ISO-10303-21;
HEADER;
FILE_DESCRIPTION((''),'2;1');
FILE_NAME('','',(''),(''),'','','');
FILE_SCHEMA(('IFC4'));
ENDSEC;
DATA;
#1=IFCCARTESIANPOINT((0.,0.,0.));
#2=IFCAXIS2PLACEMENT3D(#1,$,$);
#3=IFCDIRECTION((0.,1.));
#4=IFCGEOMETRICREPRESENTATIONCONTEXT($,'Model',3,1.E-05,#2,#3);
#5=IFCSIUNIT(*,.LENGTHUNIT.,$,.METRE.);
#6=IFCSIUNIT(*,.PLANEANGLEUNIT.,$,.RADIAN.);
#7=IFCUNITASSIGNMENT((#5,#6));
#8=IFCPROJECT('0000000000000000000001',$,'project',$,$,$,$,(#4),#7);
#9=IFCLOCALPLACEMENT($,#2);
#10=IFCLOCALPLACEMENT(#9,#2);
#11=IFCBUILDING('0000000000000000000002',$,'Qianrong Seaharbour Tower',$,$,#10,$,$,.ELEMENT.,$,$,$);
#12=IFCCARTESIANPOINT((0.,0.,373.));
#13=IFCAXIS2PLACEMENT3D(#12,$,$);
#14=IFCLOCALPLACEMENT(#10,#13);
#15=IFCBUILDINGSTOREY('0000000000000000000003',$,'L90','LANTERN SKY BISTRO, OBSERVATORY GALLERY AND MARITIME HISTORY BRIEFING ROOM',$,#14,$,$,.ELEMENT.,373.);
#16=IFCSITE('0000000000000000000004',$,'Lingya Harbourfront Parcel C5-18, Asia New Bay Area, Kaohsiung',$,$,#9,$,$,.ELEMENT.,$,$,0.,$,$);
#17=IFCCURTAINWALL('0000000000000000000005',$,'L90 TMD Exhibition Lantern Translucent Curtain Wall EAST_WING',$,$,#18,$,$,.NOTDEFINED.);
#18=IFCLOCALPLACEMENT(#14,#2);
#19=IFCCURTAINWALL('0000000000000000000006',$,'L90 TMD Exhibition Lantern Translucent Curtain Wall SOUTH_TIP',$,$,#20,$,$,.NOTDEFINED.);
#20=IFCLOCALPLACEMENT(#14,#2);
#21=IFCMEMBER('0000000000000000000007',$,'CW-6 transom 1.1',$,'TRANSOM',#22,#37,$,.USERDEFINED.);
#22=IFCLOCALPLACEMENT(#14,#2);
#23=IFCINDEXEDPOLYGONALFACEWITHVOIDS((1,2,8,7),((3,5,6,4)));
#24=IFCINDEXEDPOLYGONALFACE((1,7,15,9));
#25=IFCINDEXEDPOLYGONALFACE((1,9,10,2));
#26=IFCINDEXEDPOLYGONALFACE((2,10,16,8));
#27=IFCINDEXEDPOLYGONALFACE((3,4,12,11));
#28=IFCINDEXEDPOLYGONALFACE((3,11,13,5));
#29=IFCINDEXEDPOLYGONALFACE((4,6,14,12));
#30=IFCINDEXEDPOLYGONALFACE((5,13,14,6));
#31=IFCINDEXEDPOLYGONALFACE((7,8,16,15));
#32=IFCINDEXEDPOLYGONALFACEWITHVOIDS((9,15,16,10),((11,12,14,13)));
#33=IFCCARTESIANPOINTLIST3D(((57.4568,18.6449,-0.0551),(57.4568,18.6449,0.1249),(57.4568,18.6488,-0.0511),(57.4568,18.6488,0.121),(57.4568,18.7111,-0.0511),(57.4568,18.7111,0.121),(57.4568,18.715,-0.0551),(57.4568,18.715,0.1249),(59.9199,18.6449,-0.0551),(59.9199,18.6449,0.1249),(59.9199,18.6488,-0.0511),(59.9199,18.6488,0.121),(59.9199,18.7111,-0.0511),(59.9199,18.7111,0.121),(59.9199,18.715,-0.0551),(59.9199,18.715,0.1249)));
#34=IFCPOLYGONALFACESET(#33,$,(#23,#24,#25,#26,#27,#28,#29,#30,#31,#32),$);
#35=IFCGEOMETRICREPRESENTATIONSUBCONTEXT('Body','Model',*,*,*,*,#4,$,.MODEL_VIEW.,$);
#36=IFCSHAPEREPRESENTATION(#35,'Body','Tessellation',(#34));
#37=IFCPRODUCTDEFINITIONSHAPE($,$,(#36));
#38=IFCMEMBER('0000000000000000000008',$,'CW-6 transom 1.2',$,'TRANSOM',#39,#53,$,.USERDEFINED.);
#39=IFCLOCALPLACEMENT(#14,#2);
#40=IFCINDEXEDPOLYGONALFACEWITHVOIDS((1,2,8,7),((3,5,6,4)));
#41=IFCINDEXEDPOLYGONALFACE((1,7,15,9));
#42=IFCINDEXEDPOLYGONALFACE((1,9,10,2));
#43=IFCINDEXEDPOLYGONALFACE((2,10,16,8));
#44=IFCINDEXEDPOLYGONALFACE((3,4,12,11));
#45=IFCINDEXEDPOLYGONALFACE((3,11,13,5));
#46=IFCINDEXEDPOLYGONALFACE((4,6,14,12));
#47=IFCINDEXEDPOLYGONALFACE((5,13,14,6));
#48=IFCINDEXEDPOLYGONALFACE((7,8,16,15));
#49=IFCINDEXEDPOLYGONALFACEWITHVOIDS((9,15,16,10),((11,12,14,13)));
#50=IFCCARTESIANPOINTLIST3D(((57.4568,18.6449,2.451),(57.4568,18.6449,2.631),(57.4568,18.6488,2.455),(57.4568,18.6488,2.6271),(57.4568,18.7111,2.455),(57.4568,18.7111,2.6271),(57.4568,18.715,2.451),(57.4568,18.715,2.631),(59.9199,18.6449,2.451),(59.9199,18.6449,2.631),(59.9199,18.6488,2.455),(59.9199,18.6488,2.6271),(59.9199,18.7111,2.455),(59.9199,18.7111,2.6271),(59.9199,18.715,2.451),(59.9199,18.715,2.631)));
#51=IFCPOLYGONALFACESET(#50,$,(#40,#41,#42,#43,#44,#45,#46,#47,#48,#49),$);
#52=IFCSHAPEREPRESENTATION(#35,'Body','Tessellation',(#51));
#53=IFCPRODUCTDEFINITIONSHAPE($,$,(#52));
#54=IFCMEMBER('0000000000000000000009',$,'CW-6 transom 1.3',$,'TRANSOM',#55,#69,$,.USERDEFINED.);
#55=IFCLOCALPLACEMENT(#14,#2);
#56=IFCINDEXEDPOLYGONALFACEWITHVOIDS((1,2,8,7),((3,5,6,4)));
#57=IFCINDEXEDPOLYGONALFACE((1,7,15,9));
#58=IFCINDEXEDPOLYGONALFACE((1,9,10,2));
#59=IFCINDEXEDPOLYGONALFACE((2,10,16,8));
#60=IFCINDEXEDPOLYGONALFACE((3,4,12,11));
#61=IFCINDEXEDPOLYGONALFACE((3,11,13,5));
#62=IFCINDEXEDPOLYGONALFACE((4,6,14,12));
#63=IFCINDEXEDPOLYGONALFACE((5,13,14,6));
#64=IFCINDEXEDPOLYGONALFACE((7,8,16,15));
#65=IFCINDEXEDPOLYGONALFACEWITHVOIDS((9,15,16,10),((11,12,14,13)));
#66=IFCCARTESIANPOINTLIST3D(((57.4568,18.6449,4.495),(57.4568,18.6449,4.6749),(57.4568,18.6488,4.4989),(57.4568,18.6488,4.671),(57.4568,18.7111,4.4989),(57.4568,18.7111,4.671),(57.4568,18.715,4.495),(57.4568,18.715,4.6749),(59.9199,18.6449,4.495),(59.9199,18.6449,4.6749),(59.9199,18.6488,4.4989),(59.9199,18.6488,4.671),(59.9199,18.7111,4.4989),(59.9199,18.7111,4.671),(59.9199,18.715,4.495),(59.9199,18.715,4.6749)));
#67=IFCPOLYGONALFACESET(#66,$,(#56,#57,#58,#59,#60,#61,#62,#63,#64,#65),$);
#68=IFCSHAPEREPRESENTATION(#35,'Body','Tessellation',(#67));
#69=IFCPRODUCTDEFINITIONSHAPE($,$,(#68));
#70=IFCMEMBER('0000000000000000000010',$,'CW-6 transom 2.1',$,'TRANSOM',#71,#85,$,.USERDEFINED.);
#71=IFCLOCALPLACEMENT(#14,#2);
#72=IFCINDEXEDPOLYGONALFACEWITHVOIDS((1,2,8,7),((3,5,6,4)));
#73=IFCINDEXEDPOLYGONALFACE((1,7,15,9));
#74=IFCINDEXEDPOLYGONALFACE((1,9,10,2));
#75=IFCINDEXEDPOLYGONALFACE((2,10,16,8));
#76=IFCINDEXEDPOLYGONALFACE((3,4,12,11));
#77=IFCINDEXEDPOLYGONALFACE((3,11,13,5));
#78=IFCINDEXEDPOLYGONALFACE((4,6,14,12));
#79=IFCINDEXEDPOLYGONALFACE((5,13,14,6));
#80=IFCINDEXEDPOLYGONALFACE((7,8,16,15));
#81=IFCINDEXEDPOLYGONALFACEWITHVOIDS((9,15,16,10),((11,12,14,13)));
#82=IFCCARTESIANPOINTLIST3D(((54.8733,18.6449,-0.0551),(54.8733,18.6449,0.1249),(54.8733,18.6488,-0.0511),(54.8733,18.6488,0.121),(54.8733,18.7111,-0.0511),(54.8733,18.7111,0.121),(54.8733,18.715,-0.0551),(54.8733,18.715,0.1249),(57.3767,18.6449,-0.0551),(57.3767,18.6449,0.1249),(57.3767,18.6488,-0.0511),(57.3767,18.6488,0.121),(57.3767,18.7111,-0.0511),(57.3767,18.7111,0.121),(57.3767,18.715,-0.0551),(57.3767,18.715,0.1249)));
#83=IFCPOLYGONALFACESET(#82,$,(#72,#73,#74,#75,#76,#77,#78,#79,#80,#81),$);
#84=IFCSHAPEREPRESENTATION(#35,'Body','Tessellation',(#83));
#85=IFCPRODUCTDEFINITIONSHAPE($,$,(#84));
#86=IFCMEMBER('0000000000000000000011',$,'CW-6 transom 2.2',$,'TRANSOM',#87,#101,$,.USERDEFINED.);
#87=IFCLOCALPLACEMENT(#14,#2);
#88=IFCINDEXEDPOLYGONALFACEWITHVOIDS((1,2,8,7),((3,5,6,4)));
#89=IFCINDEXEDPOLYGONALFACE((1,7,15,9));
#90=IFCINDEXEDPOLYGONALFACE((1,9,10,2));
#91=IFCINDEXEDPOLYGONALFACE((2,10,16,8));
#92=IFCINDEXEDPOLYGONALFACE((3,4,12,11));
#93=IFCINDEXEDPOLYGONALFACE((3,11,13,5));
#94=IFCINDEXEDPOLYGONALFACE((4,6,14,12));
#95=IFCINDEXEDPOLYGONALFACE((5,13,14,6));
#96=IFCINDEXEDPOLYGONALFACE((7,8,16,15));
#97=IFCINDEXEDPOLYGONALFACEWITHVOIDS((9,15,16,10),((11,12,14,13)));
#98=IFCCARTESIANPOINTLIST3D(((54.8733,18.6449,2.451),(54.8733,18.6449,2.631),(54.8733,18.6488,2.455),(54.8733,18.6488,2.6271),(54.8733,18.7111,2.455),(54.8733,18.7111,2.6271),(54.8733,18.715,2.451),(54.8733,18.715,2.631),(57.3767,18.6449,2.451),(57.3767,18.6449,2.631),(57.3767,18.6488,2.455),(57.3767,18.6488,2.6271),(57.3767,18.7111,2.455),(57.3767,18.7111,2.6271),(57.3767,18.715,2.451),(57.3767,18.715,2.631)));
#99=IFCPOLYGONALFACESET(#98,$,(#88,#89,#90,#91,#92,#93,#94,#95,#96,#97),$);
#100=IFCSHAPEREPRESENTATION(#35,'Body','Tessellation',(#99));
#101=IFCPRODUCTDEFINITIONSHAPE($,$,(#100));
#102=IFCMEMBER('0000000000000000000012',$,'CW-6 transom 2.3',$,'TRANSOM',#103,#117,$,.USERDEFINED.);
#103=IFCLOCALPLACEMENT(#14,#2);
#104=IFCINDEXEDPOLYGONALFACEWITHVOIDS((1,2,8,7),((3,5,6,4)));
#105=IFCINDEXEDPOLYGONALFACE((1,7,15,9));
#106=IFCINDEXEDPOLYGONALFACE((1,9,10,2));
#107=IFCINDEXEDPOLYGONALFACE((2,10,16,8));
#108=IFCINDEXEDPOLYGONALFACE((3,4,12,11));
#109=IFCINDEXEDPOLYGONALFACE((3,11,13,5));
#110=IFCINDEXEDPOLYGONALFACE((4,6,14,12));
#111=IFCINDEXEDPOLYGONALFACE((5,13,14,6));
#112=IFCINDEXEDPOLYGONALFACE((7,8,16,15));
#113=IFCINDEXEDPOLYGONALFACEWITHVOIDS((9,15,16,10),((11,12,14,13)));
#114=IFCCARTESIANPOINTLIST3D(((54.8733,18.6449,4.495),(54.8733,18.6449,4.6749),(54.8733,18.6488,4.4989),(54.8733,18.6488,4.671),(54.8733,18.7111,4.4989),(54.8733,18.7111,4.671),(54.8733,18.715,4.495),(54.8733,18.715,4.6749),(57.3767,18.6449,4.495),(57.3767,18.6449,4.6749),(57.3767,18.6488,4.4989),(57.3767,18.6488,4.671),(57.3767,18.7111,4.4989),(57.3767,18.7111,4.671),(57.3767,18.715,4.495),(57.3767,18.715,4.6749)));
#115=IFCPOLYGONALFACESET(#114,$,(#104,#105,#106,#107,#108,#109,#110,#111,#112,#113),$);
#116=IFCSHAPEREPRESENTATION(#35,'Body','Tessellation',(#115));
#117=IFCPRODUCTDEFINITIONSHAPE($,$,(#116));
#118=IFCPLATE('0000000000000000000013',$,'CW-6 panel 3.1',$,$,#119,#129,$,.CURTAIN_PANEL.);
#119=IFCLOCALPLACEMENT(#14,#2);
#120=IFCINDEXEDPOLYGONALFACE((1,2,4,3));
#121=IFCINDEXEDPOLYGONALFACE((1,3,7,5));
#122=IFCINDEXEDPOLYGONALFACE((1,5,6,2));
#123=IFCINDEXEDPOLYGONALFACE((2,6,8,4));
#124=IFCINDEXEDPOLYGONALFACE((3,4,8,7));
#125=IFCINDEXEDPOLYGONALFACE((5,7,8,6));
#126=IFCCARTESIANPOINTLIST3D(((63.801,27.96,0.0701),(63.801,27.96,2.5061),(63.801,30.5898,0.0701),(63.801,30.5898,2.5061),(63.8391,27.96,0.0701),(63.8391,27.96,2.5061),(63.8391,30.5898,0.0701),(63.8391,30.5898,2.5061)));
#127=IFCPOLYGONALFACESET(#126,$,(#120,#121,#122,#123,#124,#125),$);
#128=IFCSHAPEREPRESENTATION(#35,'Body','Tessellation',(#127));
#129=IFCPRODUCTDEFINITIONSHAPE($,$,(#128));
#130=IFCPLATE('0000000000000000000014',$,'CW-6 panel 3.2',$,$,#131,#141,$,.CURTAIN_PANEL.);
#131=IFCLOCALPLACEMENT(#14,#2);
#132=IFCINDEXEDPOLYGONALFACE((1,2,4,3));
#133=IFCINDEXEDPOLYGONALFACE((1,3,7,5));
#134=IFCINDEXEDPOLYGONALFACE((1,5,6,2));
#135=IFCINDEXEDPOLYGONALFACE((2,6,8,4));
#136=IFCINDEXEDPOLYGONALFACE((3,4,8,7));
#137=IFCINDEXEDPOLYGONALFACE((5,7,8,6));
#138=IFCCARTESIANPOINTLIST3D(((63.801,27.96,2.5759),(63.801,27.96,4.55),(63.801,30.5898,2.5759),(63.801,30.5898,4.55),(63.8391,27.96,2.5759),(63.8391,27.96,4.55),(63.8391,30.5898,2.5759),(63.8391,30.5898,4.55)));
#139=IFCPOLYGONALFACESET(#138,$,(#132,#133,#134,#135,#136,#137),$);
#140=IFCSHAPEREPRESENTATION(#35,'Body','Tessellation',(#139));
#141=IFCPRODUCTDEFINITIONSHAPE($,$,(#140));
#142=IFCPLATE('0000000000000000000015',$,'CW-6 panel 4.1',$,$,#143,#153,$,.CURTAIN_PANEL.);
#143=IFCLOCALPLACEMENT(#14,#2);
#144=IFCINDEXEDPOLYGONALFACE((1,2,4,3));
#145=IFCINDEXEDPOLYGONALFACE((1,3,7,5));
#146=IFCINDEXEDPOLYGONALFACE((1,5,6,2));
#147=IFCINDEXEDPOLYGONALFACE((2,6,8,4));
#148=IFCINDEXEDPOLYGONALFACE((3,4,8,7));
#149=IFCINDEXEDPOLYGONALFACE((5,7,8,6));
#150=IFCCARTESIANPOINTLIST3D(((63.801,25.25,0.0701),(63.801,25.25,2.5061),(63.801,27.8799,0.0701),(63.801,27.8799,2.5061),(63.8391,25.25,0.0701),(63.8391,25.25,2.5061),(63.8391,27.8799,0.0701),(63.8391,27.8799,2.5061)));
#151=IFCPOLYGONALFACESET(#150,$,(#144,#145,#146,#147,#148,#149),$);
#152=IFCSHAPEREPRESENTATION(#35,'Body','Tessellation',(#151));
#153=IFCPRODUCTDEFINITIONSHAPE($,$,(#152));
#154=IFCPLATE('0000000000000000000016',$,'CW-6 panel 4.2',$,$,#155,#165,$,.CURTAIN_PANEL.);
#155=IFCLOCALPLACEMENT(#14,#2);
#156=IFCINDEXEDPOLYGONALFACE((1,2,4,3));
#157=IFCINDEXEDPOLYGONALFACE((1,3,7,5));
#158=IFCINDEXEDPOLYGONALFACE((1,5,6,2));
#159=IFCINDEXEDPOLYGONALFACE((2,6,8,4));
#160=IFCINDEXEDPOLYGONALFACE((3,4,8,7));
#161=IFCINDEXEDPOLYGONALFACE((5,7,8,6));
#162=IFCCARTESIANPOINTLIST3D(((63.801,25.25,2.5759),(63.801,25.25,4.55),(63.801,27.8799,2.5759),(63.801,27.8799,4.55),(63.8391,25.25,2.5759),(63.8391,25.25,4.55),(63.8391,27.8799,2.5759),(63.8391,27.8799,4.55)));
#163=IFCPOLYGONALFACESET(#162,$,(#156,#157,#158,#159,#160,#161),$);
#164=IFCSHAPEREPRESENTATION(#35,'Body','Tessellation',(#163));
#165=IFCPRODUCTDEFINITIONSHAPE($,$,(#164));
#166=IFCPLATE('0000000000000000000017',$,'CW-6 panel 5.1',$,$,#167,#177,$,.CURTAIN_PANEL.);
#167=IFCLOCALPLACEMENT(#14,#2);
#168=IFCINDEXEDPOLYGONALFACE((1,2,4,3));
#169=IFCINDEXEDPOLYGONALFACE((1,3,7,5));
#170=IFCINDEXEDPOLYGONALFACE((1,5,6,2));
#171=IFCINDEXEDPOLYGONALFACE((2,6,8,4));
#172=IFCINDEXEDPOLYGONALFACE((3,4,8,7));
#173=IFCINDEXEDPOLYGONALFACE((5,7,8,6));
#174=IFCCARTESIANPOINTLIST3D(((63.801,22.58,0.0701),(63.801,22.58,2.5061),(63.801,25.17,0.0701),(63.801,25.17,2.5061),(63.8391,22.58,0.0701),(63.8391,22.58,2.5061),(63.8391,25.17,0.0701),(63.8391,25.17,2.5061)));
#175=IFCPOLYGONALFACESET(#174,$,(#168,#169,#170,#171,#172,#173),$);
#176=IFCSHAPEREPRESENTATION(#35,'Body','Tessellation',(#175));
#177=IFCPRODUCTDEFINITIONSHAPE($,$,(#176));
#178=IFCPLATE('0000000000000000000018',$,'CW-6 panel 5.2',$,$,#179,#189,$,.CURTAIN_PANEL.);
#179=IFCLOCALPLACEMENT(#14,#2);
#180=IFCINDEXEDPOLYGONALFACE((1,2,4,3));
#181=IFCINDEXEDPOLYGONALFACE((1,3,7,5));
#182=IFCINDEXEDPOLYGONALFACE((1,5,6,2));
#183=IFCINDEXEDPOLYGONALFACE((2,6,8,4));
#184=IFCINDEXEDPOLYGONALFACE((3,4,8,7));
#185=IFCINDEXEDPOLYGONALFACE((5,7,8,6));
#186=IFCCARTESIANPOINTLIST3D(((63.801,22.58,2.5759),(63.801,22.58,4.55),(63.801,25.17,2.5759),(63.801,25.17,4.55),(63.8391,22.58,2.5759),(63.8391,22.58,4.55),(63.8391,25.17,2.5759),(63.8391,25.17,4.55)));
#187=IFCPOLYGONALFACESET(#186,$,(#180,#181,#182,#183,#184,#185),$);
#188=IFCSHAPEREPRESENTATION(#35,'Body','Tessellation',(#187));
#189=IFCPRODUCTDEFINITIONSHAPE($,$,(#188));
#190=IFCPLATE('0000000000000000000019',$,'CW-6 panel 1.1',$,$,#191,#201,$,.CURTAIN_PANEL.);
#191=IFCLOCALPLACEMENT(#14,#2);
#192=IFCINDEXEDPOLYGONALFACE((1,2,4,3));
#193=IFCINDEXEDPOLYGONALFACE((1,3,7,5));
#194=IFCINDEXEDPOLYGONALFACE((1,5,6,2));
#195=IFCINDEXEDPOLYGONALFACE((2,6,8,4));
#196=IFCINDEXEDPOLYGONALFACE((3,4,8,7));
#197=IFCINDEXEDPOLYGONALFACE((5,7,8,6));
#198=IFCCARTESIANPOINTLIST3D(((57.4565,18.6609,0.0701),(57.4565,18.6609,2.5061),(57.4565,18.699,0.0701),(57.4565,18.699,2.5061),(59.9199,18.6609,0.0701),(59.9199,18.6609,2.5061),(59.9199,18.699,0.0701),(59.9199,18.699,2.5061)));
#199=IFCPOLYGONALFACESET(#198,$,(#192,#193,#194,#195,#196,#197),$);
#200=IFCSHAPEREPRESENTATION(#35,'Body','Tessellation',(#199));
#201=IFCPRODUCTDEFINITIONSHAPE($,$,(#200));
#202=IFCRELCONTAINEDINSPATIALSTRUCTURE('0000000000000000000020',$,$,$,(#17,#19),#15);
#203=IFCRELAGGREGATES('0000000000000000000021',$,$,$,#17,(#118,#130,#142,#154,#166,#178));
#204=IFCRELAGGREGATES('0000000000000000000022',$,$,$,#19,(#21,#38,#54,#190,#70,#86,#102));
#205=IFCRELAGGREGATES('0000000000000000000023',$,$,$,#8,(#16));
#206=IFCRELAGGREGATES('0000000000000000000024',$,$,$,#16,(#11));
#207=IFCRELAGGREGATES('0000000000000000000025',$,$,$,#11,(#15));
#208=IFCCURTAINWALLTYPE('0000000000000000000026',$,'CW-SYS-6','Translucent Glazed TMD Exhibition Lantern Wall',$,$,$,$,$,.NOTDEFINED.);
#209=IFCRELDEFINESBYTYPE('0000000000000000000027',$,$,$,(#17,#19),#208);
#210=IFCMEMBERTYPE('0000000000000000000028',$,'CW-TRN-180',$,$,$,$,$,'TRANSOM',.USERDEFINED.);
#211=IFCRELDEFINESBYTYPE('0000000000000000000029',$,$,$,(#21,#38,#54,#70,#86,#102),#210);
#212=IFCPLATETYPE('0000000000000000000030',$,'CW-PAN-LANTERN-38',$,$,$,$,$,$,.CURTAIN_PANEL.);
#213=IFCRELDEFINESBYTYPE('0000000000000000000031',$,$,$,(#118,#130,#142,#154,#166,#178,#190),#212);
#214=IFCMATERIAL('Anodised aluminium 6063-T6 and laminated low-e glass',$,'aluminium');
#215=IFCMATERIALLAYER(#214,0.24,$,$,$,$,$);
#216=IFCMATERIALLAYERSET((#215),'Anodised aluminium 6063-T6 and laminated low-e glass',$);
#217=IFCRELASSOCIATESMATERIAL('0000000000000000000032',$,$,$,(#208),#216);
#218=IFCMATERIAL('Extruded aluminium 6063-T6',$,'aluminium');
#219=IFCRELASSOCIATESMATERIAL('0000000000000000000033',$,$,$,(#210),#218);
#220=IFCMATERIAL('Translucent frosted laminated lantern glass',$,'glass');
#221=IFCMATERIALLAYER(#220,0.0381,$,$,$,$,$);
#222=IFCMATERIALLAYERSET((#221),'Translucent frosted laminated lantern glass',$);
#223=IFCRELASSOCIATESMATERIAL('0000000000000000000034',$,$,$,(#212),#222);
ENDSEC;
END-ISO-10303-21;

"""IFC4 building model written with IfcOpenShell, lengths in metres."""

from ifc_helpers import new_model, si_unit, direction, frame, origin, origin_2d, place, context, subcontext, project, spatial, rectangle, hollow_rectangle, extrude, material, layer, layer_set, material_profile, profile_set, type_object, element, aggregate, save


model = new_model("IFC4")

# Units and contexts
model_context = context("Model", 3, precision=1e-05, world=origin(), true_north=direction((0.0, 1.0)))
body_context = subcontext(model_context, "Body", "Model", "MODEL_VIEW")
ifc_project = project(units=[si_unit("LENGTHUNIT", "METRE"), si_unit("PLANEANGLEUNIT", "RADIAN")], contexts=[model_context])

# Site, building, storey
site_placement = place(None, origin())
site = spatial("IfcSite", under=ifc_project, at=site_placement, Name="Lingya Harbourfront Parcel C5-18, Asia New Bay Area, Kaohsiung", CompositionType="ELEMENT", RefElevation=0.0)
building_placement = place(site_placement, origin())
building = spatial("IfcBuilding", under=site, at=building_placement, Name="Qianrong Seaharbour Tower", CompositionType="ELEMENT")
storey_placement = place(building_placement, frame((0.0, 0.0, 373.0)))
storey = spatial("IfcBuildingStorey", under=building, at=storey_placement, Name="L90", Description="LANTERN SKY BISTRO, OBSERVATORY GALLERY AND MARITIME HISTORY BRIEFING ROOM", CompositionType="ELEMENT", Elevation=373.0)

# Curtain walls
ifc_material_1 = material(Name="Anodised aluminium 6063-T6 and laminated low-e glass", Category="aluminium")
ifc_layer_1 = layer(ifc_material_1, 0.24)
ifc_layer_set_1 = layer_set([ifc_layer_1], Name="Anodised aluminium 6063-T6 and laminated low-e glass")
curtain_wall_type = type_object("IfcCurtainWallType", Name="CW-SYS-6", Description="Translucent Glazed TMD Exhibition Lantern Wall", PredefinedType="NOTDEFINED", material=ifc_layer_set_1)
curtain_wall_1_placement = place(storey_placement, origin())
curtain_wall_1 = element("IfcCurtainWall", 1, at=curtain_wall_1_placement, inside=storey, type_object=curtain_wall_type, Name="L90 TMD Exhibition Lantern Translucent Curtain Wall EAST_WING", PredefinedType="NOTDEFINED")
ifc_material_2 = material(Name="Extruded aluminium 6063-T6", Category="aluminium")
curtain_wall_2_placement = place(storey_placement, origin())
curtain_wall_2 = element("IfcCurtainWall", 2, at=curtain_wall_2_placement, inside=storey, type_object=curtain_wall_type, Name="L90 TMD Exhibition Lantern Translucent Curtain Wall SOUTH_TIP", PredefinedType="NOTDEFINED")

# Members
ifc_material_profile_1 = material_profile(ifc_material_2, hollow_rectangle(XDim=0.0701, YDim=0.1799, WallThickness=0.0039, at=origin_2d()), Name="ALU-TRN-180x70x4")
ifc_profile_set_1 = profile_set([ifc_material_profile_1], Name="Extruded aluminium 6063-T6")
member_type_1 = type_object("IfcMemberType", Name="CW-TRN-180", ElementType="TRANSOM", PredefinedType="USERDEFINED", material=ifc_profile_set_1)
member_1_placement = place(storey_placement, frame((59.9199, 18.6799, 0.0349), z_axis=(-1.0, 0.0, 0.0), x_axis=(0.0, -1.0, 0.0)))
member_1 = element("IfcMember", 3, at=member_1_placement, type_object=member_type_1, Name="CW-6 transom 1.1", ObjectType="TRANSOM", PredefinedType="USERDEFINED", context=body_context, shape_type="SweptSolid", body=[
    extrude(hollow_rectangle(XDim=0.0701, YDim=0.1799, WallThickness=0.0039, at=origin_2d()), origin(), (0.0, 0.0, 1.0), 2.4631),
])
member_2_placement = place(storey_placement, frame((59.9199, 18.6799, 2.541), z_axis=(-1.0, 0.0, 0.0), x_axis=(0.0, -1.0, 0.0)))
member_2 = element("IfcMember", 4, at=member_2_placement, type_object=member_type_1, Name="CW-6 transom 1.2", ObjectType="TRANSOM", PredefinedType="USERDEFINED", context=body_context, shape_type="SweptSolid", body=[
    extrude(hollow_rectangle(XDim=0.0701, YDim=0.1799, WallThickness=0.0039, at=origin_2d()), origin(), (0.0, 0.0, 1.0), 2.4631),
])
member_3_placement = place(storey_placement, frame((59.9199, 18.6799, 4.585), z_axis=(-1.0, 0.0, 0.0), x_axis=(0.0, -1.0, 0.0)))
member_3 = element("IfcMember", 5, at=member_3_placement, type_object=member_type_1, Name="CW-6 transom 1.3", ObjectType="TRANSOM", PredefinedType="USERDEFINED", context=body_context, shape_type="SweptSolid", body=[
    extrude(hollow_rectangle(XDim=0.0701, YDim=0.1799, WallThickness=0.0039, at=origin_2d()), origin(), (0.0, 0.0, 1.0), 2.4631),
])
member_4_placement = place(storey_placement, frame((57.3767, 18.6799, 0.0349), z_axis=(-1.0, 0.0, 0.0), x_axis=(0.0, -1.0, 0.0)))
member_4 = element("IfcMember", 6, at=member_4_placement, type_object=member_type_1, Name="CW-6 transom 2.1", ObjectType="TRANSOM", PredefinedType="USERDEFINED", context=body_context, shape_type="SweptSolid", body=[
    extrude(hollow_rectangle(XDim=0.0701, YDim=0.1799, WallThickness=0.0039, at=origin_2d()), origin(), (0.0, 0.0, 1.0), 2.5034),
])
member_5_placement = place(storey_placement, frame((57.3767, 18.6799, 2.541), z_axis=(-1.0, 0.0, 0.0), x_axis=(0.0, -1.0, 0.0)))
member_5 = element("IfcMember", 7, at=member_5_placement, type_object=member_type_1, Name="CW-6 transom 2.2", ObjectType="TRANSOM", PredefinedType="USERDEFINED", context=body_context, shape_type="SweptSolid", body=[
    extrude(hollow_rectangle(XDim=0.0701, YDim=0.1799, WallThickness=0.0039, at=origin_2d()), origin(), (0.0, 0.0, 1.0), 2.5034),
])
member_6_placement = place(storey_placement, frame((57.3767, 18.6799, 4.585), z_axis=(-1.0, 0.0, 0.0), x_axis=(0.0, -1.0, 0.0)))
member_6 = element("IfcMember", 8, at=member_6_placement, type_object=member_type_1, Name="CW-6 transom 2.3", ObjectType="TRANSOM", PredefinedType="USERDEFINED", context=body_context, shape_type="SweptSolid", body=[
    extrude(hollow_rectangle(XDim=0.0701, YDim=0.1799, WallThickness=0.0039, at=origin_2d()), origin(), (0.0, 0.0, 1.0), 2.5034),
])

# Plates
ifc_material_3 = material(Name="Translucent frosted laminated lantern glass", Category="glass")
ifc_layer_2 = layer(ifc_material_3, 0.0381)
ifc_layer_set_2 = layer_set([ifc_layer_2], Name="Translucent frosted laminated lantern glass")
plate_type = type_object("IfcPlateType", Name="CW-PAN-LANTERN-38", PredefinedType="CURTAIN_PANEL", material=ifc_layer_set_2)
plate_1_placement = place(storey_placement, frame((63.8201, 29.2749, 0.0701), z_axis=(0.0, 0.0, 1.0), x_axis=(0.0, -1.0, 0.0)))
plate_1 = element("IfcPlate", 9, at=plate_1_placement, type_object=plate_type, Name="CW-6 panel 3.1", PredefinedType="CURTAIN_PANEL", context=body_context, shape_type="SweptSolid", body=[
    extrude(rectangle(XDim=2.6299, YDim=0.0381, at=origin_2d()), origin(), (0.0, 0.0, 1.0), 2.436),
])
plate_2_placement = place(storey_placement, frame((63.8201, 29.2749, 2.5759), z_axis=(0.0, 0.0, 1.0), x_axis=(0.0, -1.0, 0.0)))
plate_2 = element("IfcPlate", 10, at=plate_2_placement, type_object=plate_type, Name="CW-6 panel 3.2", PredefinedType="CURTAIN_PANEL", context=body_context, shape_type="SweptSolid", body=[
    extrude(rectangle(XDim=2.6299, YDim=0.0381, at=origin_2d()), origin(), (0.0, 0.0, 1.0), 1.9741),
])
plate_3_placement = place(storey_placement, frame((63.8201, 26.5649, 0.0701), z_axis=(0.0, 0.0, 1.0), x_axis=(0.0, -1.0, 0.0)))
plate_3 = element("IfcPlate", 11, at=plate_3_placement, type_object=plate_type, Name="CW-6 panel 4.1", PredefinedType="CURTAIN_PANEL", context=body_context, shape_type="SweptSolid", body=[
    extrude(rectangle(XDim=2.6299, YDim=0.0381, at=origin_2d()), origin(), (0.0, 0.0, 1.0), 2.436),
])
plate_4_placement = place(storey_placement, frame((63.8201, 26.5649, 2.5759), z_axis=(0.0, 0.0, 1.0), x_axis=(0.0, -1.0, 0.0)))
plate_4 = element("IfcPlate", 12, at=plate_4_placement, type_object=plate_type, Name="CW-6 panel 4.2", PredefinedType="CURTAIN_PANEL", context=body_context, shape_type="SweptSolid", body=[
    extrude(rectangle(XDim=2.6299, YDim=0.0381, at=origin_2d()), origin(), (0.0, 0.0, 1.0), 1.9741),
])
plate_5_placement = place(storey_placement, frame((63.8201, 23.875, 0.0701), z_axis=(0.0, 0.0, 1.0), x_axis=(0.0, -1.0, 0.0)))
plate_5 = element("IfcPlate", 13, at=plate_5_placement, type_object=plate_type, Name="CW-6 panel 5.1", PredefinedType="CURTAIN_PANEL", context=body_context, shape_type="SweptSolid", body=[
    extrude(rectangle(XDim=2.5901, YDim=0.0381, at=origin_2d()), origin(), (0.0, 0.0, 1.0), 2.436),
])
plate_6_placement = place(storey_placement, frame((63.8201, 23.875, 2.5759), z_axis=(0.0, 0.0, 1.0), x_axis=(0.0, -1.0, 0.0)))
plate_6 = element("IfcPlate", 14, at=plate_6_placement, type_object=plate_type, Name="CW-6 panel 5.2", PredefinedType="CURTAIN_PANEL", context=body_context, shape_type="SweptSolid", body=[
    extrude(rectangle(XDim=2.5901, YDim=0.0381, at=origin_2d()), origin(), (0.0, 0.0, 1.0), 1.9741),
])
aggregate(curtain_wall_1, [plate_1, plate_2, plate_3, plate_4, plate_5, plate_6])
plate_7_placement = place(storey_placement, frame((58.6882, 18.6799, 0.0701), z_axis=(0.0, 0.0, 1.0), x_axis=(-1.0, 0.0, 0.0)))
plate_7 = element("IfcPlate", 15, at=plate_7_placement, type_object=plate_type, Name="CW-6 panel 1.1", PredefinedType="CURTAIN_PANEL", context=body_context, shape_type="SweptSolid", body=[
    extrude(rectangle(XDim=2.4634, YDim=0.0381, at=origin_2d()), origin(), (0.0, 0.0, 1.0), 2.436),
])
aggregate(curtain_wall_2, [member_1, member_2, member_3, plate_7, member_4, member_5, member_6])

save(model, "model.ifc")
